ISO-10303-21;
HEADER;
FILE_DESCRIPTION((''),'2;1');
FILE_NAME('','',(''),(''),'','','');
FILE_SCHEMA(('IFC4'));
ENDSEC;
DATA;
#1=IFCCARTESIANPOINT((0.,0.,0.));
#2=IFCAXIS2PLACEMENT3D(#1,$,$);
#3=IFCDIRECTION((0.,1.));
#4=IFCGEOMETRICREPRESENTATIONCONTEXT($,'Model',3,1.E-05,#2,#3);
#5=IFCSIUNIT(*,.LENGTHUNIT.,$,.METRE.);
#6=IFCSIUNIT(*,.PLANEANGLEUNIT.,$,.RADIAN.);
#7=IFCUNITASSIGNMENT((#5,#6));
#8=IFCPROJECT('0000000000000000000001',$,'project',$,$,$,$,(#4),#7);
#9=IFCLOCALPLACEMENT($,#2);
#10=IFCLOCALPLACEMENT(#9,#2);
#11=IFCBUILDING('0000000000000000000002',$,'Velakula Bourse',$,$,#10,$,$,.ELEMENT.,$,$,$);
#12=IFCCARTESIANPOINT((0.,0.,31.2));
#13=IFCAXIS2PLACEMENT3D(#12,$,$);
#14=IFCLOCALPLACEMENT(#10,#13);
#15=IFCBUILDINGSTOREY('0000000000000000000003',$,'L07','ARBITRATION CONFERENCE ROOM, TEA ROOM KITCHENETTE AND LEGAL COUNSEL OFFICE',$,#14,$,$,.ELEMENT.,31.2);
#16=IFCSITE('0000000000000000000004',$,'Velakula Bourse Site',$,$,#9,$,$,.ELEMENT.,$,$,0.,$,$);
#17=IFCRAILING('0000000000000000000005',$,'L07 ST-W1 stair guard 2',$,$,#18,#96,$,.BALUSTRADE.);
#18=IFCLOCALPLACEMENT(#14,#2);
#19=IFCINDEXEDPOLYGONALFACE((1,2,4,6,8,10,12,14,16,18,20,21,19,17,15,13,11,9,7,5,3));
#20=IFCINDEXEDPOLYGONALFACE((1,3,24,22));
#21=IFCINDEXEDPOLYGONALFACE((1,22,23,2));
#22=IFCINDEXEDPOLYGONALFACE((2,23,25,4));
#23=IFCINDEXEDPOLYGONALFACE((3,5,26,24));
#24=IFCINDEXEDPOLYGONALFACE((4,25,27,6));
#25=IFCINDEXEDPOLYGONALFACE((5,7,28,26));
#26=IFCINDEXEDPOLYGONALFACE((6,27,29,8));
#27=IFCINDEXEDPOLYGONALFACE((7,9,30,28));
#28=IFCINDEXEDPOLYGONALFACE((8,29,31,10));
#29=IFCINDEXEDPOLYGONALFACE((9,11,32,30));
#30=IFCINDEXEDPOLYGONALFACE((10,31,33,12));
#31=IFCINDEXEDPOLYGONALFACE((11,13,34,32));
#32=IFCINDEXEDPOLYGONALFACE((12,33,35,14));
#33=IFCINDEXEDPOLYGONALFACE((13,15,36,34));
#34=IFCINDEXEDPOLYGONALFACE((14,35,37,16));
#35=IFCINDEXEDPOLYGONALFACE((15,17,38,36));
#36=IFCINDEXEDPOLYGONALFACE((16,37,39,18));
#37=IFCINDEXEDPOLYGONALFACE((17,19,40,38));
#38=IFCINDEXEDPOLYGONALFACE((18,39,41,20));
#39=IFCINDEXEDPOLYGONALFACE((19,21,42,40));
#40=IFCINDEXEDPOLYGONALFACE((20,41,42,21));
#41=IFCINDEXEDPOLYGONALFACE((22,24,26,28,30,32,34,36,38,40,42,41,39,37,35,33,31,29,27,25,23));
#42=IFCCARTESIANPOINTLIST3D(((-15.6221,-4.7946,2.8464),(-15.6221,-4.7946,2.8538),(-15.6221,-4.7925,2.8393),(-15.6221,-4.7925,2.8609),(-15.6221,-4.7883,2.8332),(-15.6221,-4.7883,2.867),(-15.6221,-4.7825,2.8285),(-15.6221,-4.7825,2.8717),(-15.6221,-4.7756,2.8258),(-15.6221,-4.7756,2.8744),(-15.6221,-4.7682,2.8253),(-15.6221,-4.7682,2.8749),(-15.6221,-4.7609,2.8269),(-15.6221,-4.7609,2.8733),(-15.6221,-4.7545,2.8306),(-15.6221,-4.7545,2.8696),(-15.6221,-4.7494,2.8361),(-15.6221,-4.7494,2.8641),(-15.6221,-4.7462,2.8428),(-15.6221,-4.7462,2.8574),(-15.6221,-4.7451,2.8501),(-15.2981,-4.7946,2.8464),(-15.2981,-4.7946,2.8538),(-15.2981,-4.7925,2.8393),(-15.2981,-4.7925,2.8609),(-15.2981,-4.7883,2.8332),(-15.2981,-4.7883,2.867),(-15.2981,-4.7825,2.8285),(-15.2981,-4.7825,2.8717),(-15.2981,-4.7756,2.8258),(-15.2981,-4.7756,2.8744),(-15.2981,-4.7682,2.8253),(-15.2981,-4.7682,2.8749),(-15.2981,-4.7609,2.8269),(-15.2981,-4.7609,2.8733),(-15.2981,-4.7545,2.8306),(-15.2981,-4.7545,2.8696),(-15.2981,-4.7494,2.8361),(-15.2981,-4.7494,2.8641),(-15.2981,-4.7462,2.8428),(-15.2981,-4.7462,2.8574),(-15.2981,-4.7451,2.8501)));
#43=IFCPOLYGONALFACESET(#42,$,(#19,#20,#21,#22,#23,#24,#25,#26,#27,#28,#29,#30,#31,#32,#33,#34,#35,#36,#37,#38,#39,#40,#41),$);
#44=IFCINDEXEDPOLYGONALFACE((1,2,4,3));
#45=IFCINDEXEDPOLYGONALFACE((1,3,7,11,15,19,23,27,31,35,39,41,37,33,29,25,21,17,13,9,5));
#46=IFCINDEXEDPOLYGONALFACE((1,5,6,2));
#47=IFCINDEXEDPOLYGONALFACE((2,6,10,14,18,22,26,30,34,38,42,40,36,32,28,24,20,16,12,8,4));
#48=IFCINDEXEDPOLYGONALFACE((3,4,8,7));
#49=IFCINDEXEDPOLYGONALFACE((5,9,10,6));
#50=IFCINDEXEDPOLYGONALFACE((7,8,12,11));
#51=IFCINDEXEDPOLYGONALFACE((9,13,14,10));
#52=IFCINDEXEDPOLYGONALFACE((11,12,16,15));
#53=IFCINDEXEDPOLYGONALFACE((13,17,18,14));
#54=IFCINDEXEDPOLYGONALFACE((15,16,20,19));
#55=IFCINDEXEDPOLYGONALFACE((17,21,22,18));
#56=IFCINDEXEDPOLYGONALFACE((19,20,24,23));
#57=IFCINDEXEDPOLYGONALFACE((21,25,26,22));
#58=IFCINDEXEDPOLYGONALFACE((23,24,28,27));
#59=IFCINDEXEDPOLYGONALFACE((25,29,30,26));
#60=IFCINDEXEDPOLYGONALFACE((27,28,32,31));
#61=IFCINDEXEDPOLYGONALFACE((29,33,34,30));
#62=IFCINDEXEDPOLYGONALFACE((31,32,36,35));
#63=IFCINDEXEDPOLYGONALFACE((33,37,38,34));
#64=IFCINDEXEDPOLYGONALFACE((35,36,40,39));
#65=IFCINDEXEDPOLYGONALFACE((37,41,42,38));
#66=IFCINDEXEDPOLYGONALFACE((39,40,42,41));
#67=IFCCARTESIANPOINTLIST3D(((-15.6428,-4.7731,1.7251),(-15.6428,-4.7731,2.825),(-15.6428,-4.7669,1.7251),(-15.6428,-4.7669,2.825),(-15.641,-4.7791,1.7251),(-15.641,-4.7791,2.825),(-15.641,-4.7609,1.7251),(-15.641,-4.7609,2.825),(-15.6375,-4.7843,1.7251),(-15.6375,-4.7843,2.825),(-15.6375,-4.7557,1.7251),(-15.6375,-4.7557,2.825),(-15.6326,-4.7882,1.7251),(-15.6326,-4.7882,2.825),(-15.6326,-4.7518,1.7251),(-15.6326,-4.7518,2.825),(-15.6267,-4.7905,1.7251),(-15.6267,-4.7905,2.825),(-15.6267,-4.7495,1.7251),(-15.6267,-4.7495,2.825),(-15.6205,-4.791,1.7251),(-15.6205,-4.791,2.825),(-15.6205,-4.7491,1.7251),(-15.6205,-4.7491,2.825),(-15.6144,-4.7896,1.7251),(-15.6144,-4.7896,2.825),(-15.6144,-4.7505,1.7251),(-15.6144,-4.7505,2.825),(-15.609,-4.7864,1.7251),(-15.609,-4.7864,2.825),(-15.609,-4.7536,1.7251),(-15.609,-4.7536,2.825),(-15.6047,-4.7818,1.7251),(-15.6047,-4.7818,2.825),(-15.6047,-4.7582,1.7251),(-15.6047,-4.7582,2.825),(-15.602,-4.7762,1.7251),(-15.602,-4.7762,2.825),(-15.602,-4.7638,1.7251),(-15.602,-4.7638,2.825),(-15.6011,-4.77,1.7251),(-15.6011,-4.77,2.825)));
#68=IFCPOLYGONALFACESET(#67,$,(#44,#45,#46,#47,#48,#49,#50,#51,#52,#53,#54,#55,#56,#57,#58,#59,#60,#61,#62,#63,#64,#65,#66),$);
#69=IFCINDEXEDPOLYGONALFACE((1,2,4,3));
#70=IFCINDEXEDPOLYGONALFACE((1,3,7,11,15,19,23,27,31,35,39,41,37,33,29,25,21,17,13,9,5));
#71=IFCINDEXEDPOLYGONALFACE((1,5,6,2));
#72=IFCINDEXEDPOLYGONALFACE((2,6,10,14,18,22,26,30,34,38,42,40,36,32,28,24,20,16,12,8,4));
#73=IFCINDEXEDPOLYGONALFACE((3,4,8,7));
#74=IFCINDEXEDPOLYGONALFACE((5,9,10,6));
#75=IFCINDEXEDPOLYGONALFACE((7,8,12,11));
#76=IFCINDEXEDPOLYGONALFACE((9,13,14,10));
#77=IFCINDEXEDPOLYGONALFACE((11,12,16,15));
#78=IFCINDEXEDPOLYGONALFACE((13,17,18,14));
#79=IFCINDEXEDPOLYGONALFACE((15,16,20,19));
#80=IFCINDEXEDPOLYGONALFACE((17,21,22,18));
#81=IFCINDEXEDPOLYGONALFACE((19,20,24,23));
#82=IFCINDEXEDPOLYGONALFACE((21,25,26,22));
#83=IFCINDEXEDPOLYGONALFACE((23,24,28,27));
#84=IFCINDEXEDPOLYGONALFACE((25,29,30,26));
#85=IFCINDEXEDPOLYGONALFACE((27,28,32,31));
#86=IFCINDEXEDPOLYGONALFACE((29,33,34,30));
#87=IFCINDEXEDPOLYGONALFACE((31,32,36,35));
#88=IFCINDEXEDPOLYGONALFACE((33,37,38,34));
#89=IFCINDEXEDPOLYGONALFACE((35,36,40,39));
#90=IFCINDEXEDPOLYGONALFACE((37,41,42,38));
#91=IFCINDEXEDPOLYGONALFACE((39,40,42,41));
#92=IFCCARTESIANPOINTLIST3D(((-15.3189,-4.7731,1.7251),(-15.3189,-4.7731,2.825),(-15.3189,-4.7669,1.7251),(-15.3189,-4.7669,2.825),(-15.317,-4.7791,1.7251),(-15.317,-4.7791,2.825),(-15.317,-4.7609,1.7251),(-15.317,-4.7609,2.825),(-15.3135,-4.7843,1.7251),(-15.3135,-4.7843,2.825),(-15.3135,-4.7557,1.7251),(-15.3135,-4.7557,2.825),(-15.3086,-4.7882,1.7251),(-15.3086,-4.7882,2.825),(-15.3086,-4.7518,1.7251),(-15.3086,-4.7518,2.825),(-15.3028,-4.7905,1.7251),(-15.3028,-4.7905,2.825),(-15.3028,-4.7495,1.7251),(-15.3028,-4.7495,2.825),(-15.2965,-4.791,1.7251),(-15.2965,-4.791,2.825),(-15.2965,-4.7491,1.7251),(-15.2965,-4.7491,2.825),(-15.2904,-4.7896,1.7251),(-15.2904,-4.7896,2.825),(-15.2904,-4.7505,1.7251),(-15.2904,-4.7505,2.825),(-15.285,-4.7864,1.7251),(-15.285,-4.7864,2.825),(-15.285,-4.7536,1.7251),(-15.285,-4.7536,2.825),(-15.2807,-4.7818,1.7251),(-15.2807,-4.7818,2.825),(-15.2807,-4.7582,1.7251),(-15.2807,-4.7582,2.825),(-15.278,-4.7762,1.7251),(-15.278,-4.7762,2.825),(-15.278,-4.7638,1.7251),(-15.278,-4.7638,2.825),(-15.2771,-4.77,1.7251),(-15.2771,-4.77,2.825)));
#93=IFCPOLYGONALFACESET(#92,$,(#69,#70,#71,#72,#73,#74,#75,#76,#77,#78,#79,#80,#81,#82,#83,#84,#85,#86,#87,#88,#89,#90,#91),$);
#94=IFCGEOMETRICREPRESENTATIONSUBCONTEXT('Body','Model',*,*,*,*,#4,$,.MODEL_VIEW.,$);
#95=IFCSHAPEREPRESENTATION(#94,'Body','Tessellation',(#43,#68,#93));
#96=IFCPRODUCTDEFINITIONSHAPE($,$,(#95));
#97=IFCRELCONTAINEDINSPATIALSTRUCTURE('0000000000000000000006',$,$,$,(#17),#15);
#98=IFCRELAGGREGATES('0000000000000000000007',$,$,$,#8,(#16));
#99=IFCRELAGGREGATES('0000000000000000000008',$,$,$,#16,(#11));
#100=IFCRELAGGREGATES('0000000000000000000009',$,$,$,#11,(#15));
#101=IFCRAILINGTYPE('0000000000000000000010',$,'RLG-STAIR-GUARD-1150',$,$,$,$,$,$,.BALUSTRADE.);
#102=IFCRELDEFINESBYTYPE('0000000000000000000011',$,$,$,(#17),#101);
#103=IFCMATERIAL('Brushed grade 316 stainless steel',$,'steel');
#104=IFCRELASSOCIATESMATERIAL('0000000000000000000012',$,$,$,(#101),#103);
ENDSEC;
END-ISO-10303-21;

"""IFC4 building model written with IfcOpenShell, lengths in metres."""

from ifc_helpers import new_model, si_unit, direction, frame, origin, origin_2d, place, context, subcontext, project, spatial, circle, extrude, material, type_object, element, save


model = new_model("IFC4")

# Units and contexts
model_context = context("Model", 3, precision=1e-05, world=origin(), true_north=direction((0.0, 1.0)))
body_context = subcontext(model_context, "Body", "Model", "MODEL_VIEW")
ifc_project = project(units=[si_unit("LENGTHUNIT", "METRE"), si_unit("PLANEANGLEUNIT", "RADIAN")], contexts=[model_context])

# Site, building, storey
site_placement = place(None, origin())
site = spatial("IfcSite", under=ifc_project, at=site_placement, Name="Velakula Bourse Site", CompositionType="ELEMENT", RefElevation=0.0)
building_placement = place(site_placement, origin())
building = spatial("IfcBuilding", under=site, at=building_placement, Name="Velakula Bourse", CompositionType="ELEMENT")
storey_placement = place(building_placement, frame((0.0, 0.0, 31.2)))
storey = spatial("IfcBuildingStorey", under=building, at=storey_placement, Name="L07", Description="ARBITRATION CONFERENCE ROOM, TEA ROOM KITCHENETTE AND LEGAL COUNSEL OFFICE", CompositionType="ELEMENT", Elevation=31.2)

# Shared definitions
ifc_material_1 = material(Name="Brushed grade 316 stainless steel", Category="steel")

# Railing
railing_type_1 = type_object("IfcRailingType", Name="RLG-STAIR-GUARD-1150", PredefinedType="BALUSTRADE", material=ifc_material_1)
railing_1_placement = place(storey_placement, frame((-15.6221, -4.77, 1.7251)))
element("IfcRailing", 1, at=railing_1_placement, inside=storey, type_object=railing_type_1, Name="L07 ST-W1 stair guard 2", PredefinedType="BALUSTRADE", context=body_context, shape_type="SweptSolid", body=[
    extrude(circle(Radius=0.0249, at=origin_2d()), frame((0.0, 0.0, 1.125), z_axis=(1.0, 0.0, 0.0), x_axis=(0.0, 1.0, 0.0)), (0.0, 0.0, 1.0), 0.324),
    extrude(circle(Radius=0.021, at=origin_2d()), origin(), (0.0, 0.0, 1.0), 1.0999),
    extrude(circle(Radius=0.021, at=origin_2d()), frame((0.324, 0.0, 0.0)), (0.0, 0.0, 1.0), 1.0999),
])

save(model, "model.ifc")
